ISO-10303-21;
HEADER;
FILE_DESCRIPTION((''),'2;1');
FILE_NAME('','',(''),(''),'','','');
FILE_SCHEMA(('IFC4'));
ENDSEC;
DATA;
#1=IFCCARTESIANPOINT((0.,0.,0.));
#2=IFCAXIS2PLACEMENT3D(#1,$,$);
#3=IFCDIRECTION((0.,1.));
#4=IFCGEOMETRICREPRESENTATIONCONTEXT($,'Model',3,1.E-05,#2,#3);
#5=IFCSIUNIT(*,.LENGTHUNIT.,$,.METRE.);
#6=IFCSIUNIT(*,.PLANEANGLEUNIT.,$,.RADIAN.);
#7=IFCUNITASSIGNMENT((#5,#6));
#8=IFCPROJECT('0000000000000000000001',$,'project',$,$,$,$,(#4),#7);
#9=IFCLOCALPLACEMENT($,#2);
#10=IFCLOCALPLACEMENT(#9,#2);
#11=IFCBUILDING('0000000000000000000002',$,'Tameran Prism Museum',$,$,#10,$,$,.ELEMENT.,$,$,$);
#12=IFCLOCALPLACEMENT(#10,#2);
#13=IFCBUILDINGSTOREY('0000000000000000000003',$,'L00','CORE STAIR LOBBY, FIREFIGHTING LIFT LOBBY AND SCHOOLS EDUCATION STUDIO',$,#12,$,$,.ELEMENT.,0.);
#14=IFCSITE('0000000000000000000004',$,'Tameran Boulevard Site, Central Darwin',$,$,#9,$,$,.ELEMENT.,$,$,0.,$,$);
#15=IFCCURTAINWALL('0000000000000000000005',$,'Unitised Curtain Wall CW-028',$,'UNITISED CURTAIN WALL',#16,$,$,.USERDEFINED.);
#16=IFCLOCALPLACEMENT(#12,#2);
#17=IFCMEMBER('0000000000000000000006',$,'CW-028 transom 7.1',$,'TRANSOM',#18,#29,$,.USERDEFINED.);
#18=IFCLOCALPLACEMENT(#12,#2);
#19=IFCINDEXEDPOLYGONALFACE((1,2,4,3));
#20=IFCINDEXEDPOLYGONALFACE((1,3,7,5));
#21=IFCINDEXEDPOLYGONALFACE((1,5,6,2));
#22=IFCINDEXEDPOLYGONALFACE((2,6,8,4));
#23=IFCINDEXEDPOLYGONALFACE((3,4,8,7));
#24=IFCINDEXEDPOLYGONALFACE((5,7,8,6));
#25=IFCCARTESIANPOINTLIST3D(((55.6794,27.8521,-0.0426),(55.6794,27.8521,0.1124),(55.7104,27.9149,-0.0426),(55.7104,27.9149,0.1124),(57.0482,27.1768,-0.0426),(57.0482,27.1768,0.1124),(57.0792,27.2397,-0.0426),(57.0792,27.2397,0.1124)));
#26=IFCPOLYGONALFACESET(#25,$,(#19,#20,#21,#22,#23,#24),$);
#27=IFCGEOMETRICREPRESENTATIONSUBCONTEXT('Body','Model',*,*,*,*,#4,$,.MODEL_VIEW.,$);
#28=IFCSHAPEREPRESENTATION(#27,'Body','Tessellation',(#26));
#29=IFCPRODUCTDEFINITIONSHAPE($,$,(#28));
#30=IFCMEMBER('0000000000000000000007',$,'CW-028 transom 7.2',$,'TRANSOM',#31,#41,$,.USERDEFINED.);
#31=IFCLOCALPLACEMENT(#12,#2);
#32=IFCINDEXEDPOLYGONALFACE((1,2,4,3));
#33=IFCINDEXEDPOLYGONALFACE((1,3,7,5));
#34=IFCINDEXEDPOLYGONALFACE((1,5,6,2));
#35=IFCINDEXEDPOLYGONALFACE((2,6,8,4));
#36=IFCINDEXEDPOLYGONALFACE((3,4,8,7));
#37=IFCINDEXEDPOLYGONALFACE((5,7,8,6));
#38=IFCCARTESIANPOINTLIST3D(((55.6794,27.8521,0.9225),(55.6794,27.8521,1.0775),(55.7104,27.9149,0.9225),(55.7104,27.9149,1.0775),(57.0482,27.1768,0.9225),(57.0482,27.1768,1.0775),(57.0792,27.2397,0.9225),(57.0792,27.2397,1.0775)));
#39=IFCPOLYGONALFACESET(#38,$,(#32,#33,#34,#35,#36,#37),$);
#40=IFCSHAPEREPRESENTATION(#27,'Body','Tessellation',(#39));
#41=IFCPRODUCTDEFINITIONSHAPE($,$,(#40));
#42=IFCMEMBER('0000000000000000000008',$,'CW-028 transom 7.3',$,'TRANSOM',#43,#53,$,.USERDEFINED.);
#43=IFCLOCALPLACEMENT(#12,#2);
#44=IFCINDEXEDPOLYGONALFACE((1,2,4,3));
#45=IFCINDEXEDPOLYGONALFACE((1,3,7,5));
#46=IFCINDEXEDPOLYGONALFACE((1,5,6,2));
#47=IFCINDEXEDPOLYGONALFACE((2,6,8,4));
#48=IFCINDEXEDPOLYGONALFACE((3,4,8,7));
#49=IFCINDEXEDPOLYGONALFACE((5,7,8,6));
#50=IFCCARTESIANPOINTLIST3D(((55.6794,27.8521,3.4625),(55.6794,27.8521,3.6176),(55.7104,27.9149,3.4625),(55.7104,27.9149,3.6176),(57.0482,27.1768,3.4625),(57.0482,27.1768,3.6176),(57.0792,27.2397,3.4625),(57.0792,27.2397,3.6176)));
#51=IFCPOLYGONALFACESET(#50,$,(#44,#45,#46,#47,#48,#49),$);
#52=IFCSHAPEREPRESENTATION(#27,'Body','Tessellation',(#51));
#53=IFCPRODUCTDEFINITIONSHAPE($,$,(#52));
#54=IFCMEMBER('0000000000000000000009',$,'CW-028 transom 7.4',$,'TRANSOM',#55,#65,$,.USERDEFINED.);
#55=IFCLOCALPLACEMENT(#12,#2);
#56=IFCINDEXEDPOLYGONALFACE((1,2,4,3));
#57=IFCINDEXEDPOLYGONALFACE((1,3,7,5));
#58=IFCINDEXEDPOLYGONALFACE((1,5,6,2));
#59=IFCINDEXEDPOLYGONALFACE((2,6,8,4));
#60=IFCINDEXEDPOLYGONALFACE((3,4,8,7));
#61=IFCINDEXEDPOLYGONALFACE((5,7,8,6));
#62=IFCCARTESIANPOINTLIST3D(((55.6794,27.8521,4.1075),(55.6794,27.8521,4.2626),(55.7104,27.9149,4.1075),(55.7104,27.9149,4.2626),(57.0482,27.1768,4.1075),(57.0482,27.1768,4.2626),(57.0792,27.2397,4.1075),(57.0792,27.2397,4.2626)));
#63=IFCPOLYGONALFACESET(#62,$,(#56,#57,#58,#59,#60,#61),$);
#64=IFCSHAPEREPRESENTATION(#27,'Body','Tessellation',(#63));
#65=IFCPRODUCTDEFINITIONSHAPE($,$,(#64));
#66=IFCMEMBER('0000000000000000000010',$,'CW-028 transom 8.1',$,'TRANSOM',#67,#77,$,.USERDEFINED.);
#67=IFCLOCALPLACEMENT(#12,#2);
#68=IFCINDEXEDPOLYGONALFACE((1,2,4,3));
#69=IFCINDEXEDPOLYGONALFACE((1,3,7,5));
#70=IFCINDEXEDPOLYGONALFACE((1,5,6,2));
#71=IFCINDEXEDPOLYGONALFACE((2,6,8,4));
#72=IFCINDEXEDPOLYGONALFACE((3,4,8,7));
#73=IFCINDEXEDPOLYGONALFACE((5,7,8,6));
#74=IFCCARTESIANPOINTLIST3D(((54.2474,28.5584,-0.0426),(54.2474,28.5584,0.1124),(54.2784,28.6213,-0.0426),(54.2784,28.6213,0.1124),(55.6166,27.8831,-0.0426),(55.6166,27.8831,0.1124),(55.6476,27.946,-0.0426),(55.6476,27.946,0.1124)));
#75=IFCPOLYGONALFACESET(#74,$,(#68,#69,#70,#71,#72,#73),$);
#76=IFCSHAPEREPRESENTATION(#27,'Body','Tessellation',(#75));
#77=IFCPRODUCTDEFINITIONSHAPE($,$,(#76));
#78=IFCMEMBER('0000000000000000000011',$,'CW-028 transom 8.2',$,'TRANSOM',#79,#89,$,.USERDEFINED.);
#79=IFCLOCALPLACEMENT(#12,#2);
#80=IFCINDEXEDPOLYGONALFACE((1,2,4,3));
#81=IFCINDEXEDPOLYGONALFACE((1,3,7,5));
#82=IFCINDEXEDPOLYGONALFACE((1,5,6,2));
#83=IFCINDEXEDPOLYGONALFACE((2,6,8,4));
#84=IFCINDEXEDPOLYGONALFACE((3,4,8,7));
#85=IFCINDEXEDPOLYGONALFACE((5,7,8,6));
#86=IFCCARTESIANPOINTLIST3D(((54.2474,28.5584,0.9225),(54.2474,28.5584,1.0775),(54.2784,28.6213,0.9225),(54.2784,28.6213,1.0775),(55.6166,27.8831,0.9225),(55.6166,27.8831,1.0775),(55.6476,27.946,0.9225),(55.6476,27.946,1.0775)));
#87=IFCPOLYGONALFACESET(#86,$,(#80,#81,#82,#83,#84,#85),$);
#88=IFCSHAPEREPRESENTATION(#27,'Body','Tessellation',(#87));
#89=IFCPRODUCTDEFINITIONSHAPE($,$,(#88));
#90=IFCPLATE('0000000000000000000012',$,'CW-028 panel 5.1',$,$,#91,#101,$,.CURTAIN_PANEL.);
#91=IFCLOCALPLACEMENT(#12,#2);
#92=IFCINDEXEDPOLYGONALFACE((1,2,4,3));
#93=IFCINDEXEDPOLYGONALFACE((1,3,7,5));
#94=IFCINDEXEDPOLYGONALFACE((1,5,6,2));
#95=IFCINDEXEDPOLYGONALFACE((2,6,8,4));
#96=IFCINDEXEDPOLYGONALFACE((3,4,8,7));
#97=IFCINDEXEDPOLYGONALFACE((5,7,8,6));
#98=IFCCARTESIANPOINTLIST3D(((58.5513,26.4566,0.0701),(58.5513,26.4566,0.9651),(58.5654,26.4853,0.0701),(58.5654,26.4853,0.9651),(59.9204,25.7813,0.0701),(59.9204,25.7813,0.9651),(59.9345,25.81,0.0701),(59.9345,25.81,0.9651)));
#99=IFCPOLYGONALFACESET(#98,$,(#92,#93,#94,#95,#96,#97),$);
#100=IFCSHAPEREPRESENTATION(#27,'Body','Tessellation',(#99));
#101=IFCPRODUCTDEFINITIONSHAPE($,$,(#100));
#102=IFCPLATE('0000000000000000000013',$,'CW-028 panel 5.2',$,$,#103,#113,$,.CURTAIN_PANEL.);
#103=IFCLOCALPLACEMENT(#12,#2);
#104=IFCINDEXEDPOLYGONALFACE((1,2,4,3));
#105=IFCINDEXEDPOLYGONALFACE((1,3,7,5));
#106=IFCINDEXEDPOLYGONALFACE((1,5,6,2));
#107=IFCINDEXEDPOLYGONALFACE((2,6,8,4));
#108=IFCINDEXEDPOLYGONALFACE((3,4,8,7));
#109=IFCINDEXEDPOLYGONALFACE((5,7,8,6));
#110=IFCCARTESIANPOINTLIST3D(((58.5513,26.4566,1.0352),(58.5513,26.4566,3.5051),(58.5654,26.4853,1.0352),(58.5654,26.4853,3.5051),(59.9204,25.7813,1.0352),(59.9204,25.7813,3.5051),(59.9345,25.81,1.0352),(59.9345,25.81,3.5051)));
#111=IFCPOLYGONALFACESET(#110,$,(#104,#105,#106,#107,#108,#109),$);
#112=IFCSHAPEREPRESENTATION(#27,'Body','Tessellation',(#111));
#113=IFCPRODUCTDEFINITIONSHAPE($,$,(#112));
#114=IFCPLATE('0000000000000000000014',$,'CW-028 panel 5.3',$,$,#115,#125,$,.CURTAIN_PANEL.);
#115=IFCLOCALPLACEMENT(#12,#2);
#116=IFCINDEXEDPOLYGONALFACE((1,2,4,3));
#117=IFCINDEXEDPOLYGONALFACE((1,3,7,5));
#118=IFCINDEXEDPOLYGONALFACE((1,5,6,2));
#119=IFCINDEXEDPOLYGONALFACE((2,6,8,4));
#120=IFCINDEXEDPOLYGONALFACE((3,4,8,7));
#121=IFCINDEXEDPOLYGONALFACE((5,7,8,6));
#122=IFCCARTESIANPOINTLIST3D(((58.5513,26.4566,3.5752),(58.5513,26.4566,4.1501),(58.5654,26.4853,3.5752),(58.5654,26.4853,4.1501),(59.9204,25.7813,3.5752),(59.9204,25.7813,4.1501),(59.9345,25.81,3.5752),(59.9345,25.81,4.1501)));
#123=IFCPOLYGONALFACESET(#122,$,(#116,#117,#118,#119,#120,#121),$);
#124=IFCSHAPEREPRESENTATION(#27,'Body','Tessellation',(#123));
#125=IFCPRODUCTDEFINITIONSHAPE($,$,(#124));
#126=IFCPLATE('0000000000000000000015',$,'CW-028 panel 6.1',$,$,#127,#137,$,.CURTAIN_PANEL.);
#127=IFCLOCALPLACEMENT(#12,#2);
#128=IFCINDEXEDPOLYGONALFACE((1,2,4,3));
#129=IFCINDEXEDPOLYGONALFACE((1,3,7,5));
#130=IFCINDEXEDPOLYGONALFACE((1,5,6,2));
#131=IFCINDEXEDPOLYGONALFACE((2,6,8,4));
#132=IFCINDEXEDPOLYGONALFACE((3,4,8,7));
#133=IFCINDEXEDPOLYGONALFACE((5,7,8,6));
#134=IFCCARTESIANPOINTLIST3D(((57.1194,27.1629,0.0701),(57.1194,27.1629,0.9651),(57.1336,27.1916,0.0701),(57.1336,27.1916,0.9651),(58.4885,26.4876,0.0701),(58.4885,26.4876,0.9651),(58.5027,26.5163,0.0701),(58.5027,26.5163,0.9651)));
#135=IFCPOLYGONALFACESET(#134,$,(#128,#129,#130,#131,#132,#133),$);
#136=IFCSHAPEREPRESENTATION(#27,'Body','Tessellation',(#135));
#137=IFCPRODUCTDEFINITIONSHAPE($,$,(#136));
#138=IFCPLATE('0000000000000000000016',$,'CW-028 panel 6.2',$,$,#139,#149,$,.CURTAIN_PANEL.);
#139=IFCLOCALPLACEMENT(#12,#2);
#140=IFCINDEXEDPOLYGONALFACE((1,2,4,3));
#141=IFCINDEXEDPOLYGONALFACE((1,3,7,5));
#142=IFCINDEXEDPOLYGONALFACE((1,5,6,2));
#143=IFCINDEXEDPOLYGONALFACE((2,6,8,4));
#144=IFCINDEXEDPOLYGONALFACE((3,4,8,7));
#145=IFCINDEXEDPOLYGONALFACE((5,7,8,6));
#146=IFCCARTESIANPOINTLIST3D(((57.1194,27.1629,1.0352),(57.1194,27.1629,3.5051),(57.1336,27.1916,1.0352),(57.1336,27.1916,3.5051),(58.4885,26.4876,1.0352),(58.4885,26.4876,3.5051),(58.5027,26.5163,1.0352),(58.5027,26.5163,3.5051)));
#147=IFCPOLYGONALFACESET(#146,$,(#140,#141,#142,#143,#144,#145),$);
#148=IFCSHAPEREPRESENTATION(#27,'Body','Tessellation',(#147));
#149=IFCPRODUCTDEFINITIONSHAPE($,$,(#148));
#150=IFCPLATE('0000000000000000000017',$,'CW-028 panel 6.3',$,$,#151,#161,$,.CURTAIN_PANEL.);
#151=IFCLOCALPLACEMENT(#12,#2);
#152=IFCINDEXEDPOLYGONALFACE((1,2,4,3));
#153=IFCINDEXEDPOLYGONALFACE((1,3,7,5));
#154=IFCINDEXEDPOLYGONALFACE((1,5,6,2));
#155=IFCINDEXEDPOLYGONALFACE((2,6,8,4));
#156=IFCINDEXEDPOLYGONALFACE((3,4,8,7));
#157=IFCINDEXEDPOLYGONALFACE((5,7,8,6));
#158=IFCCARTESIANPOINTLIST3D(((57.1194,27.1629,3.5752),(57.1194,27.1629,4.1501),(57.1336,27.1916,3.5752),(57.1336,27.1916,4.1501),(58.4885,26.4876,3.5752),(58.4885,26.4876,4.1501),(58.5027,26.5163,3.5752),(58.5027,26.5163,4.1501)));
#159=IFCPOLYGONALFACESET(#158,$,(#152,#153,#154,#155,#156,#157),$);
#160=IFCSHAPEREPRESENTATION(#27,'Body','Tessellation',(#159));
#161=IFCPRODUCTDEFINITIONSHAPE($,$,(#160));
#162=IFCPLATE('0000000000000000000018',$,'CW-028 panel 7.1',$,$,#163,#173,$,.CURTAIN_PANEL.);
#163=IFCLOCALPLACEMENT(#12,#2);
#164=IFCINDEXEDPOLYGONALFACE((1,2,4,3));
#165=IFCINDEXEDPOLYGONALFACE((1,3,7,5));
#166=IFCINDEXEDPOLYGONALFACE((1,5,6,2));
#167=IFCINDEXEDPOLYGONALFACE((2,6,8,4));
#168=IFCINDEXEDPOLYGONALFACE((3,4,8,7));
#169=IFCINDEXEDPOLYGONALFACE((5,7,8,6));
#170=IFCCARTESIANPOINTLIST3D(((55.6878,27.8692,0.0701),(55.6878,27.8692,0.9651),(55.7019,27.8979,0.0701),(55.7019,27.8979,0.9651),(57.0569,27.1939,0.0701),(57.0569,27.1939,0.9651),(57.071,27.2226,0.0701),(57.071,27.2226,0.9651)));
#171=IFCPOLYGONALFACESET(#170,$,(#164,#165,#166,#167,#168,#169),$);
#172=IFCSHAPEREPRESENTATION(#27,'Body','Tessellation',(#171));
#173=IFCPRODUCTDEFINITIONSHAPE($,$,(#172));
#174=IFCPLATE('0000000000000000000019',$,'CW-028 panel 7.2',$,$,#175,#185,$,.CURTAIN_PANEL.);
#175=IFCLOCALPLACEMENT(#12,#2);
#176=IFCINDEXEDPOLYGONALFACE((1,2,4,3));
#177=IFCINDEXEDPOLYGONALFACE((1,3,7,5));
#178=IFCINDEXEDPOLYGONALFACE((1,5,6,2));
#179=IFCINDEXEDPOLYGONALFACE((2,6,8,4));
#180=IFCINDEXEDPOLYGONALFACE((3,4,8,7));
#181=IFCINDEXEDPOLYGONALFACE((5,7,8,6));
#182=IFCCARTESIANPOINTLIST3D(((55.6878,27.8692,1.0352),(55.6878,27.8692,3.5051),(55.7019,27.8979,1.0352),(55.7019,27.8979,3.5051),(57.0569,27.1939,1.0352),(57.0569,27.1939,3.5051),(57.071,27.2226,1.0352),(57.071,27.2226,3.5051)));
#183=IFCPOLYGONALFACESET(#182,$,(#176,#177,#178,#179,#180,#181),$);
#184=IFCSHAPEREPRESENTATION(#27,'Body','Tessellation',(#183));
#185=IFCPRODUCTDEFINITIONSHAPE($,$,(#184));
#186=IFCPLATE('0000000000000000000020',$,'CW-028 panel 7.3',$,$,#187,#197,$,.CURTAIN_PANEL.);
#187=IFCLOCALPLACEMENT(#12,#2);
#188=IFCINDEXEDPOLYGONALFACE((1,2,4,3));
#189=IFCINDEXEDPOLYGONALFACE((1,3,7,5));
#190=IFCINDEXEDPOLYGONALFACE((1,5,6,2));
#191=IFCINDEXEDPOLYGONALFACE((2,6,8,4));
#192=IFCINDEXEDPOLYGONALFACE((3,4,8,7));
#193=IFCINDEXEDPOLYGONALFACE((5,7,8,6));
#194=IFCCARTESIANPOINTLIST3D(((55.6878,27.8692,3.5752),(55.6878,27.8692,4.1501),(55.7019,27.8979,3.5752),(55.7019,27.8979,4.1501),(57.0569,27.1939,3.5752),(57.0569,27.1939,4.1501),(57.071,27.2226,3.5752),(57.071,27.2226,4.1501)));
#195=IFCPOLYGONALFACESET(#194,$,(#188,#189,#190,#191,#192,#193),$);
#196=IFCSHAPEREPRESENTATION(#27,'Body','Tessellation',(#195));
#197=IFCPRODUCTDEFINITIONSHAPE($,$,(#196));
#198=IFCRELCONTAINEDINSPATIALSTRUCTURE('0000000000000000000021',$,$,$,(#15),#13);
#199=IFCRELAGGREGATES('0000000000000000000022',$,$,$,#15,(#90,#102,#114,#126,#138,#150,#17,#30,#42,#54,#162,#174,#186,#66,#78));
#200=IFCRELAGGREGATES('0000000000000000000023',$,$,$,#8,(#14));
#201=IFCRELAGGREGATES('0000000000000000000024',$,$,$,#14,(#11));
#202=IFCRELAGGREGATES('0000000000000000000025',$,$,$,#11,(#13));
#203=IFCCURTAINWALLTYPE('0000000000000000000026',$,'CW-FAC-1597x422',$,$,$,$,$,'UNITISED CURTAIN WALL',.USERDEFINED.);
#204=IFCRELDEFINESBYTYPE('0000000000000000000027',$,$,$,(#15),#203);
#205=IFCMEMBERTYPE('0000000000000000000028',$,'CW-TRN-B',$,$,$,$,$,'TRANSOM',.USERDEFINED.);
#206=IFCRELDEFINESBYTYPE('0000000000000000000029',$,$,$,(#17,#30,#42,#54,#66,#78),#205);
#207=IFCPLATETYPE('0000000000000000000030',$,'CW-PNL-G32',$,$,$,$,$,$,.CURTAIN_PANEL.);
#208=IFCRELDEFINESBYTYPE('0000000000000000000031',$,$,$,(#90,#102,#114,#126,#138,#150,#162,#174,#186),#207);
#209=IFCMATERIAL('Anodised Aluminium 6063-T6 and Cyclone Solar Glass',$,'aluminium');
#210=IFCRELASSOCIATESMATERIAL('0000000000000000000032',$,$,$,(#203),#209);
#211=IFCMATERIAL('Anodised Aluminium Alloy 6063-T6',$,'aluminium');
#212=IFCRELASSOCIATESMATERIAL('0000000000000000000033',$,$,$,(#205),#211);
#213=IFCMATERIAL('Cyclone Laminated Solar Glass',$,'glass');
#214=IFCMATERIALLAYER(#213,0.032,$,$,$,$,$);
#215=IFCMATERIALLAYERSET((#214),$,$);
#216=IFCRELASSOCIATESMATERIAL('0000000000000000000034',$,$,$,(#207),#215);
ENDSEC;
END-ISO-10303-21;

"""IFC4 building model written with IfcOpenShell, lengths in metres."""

from ifc_helpers import new_model, si_unit, direction, frame, origin, origin_2d, place, context, subcontext, project, spatial, rectangle, extrude, material, layer, layer_set, material_profile, profile_set, type_object, element, aggregate, save


model = new_model("IFC4")

# Units and contexts
model_context = context("Model", 3, precision=1e-05, world=origin(), true_north=direction((0.0, 1.0)))
body_context = subcontext(model_context, "Body", "Model", "MODEL_VIEW")
ifc_project = project(units=[si_unit("LENGTHUNIT", "METRE"), si_unit("PLANEANGLEUNIT", "RADIAN")], contexts=[model_context])

# Site, building, storey
site_placement = place(None, origin())
site = spatial("IfcSite", under=ifc_project, at=site_placement, Name="Tameran Boulevard Site, Central Darwin", CompositionType="ELEMENT", RefElevation=0.0)
building_placement = place(site_placement, origin())
building = spatial("IfcBuilding", under=site, at=building_placement, Name="Tameran Prism Museum", CompositionType="ELEMENT")
storey_placement = place(building_placement, origin())
storey = spatial("IfcBuildingStorey", under=building, at=storey_placement, Name="L00", Description="CORE STAIR LOBBY, FIREFIGHTING LIFT LOBBY AND SCHOOLS EDUCATION STUDIO", CompositionType="ELEMENT", Elevation=0.0)

# Curtain wall, members, plates
ifc_material_1 = material(Name="Anodised Aluminium 6063-T6 and Cyclone Solar Glass", Category="aluminium")
curtain_wall_type = type_object("IfcCurtainWallType", Name="CW-FAC-1597x422", ElementType="UNITISED CURTAIN WALL", PredefinedType="USERDEFINED", material=ifc_material_1)
curtain_wall_placement = place(storey_placement, origin())
curtain_wall = element("IfcCurtainWall", 1, at=curtain_wall_placement, inside=storey, type_object=curtain_wall_type, Name="Unitised Curtain Wall CW-028", ObjectType="UNITISED CURTAIN WALL", PredefinedType="USERDEFINED")
ifc_material_2 = material(Name="Anodised Aluminium Alloy 6063-T6", Category="aluminium")
ifc_material_profile_1 = material_profile(ifc_material_2, rectangle(XDim=0.0701, YDim=0.155, at=origin_2d()))
ifc_profile_set_1 = profile_set([ifc_material_profile_1])
member_type_1 = type_object("IfcMemberType", Name="CW-TRN-B", ElementType="TRANSOM", PredefinedType="USERDEFINED", material=ifc_profile_set_1)
member_1_placement = place(storey_placement, frame((57.0637, 27.2083, 0.0349), z_axis=(-0.896813, 0.442409, 0.0), x_axis=(-0.442409, -0.896813, 0.0)))
member_1 = element("IfcMember", 2, at=member_1_placement, type_object=member_type_1, Name="CW-028 transom 7.1", ObjectType="TRANSOM", PredefinedType="USERDEFINED", context=body_context, shape_type="SweptSolid", body=[
    extrude(rectangle(XDim=0.0701, YDim=0.155, at=origin_2d()), origin(), (0.0, 0.0, 1.0), 1.5264),
])
member_2_placement = place(storey_placement, frame((57.0637, 27.2083, 1.0), z_axis=(-0.896813, 0.442409, 0.0), x_axis=(-0.442409, -0.896813, 0.0)))
member_2 = element("IfcMember", 3, at=member_2_placement, type_object=member_type_1, Name="CW-028 transom 7.2", ObjectType="TRANSOM", PredefinedType="USERDEFINED", context=body_context, shape_type="SweptSolid", body=[
    extrude(rectangle(XDim=0.0701, YDim=0.155, at=origin_2d()), origin(), (0.0, 0.0, 1.0), 1.5264),
])
member_3_placement = place(storey_placement, frame((57.0637, 27.2083, 3.54), z_axis=(-0.896813, 0.442409, 0.0), x_axis=(-0.442409, -0.896813, 0.0)))
member_3 = element("IfcMember", 4, at=member_3_placement, type_object=member_type_1, Name="CW-028 transom 7.3", ObjectType="TRANSOM", PredefinedType="USERDEFINED", context=body_context, shape_type="SweptSolid", body=[
    extrude(rectangle(XDim=0.0701, YDim=0.155, at=origin_2d()), origin(), (0.0, 0.0, 1.0), 1.5264),
])
member_4_placement = place(storey_placement, frame((57.0637, 27.2083, 4.1851), z_axis=(-0.896813, 0.442409, 0.0), x_axis=(-0.442409, -0.896813, 0.0)))
member_4 = element("IfcMember", 5, at=member_4_placement, type_object=member_type_1, Name="CW-028 transom 7.4", ObjectType="TRANSOM", PredefinedType="USERDEFINED", context=body_context, shape_type="SweptSolid", body=[
    extrude(rectangle(XDim=0.0701, YDim=0.155, at=origin_2d()), origin(), (0.0, 0.0, 1.0), 1.5264),
])
member_5_placement = place(storey_placement, frame((55.6321, 27.9146, 0.0349), z_axis=(-0.896845, 0.442345, 0.0), x_axis=(-0.442345, -0.896845, 0.0)))
member_5 = element("IfcMember", 6, at=member_5_placement, type_object=member_type_1, Name="CW-028 transom 8.1", ObjectType="TRANSOM", PredefinedType="USERDEFINED", context=body_context, shape_type="SweptSolid", body=[
    extrude(rectangle(XDim=0.0701, YDim=0.155, at=origin_2d()), origin(), (0.0, 0.0, 1.0), 1.5266),
])
member_6_placement = place(storey_placement, frame((55.6321, 27.9146, 1.0), z_axis=(-0.896845, 0.442345, 0.0), x_axis=(-0.442345, -0.896845, 0.0)))
member_6 = element("IfcMember", 7, at=member_6_placement, type_object=member_type_1, Name="CW-028 transom 8.2", ObjectType="TRANSOM", PredefinedType="USERDEFINED", context=body_context, shape_type="SweptSolid", body=[
    extrude(rectangle(XDim=0.0701, YDim=0.155, at=origin_2d()), origin(), (0.0, 0.0, 1.0), 1.5266),
])
ifc_material_3 = material(Name="Cyclone Laminated Solar Glass", Category="glass")
ifc_layer = layer(ifc_material_3, 0.032)
ifc_layer_set = layer_set([ifc_layer])
plate_type = type_object("IfcPlateType", Name="CW-PNL-G32", PredefinedType="CURTAIN_PANEL", material=ifc_layer_set)
plate_1_placement = place(storey_placement, frame((59.2429, 26.1333, 0.0701), z_axis=(0.0, 0.0, 1.0), x_axis=(-0.896819, 0.442397, 0.0)))
plate_1 = element("IfcPlate", 8, at=plate_1_placement, type_object=plate_type, Name="CW-028 panel 5.1", PredefinedType="CURTAIN_PANEL", context=body_context, shape_type="SweptSolid", body=[
    extrude(rectangle(XDim=1.5266, YDim=0.032, at=origin_2d()), origin(), (0.0, 0.0, 1.0), 0.895),
])
plate_2_placement = place(storey_placement, frame((59.2429, 26.1333, 1.0352), z_axis=(0.0, 0.0, 1.0), x_axis=(-0.896819, 0.442397, 0.0)))
plate_2 = element("IfcPlate", 9, at=plate_2_placement, type_object=plate_type, Name="CW-028 panel 5.2", PredefinedType="CURTAIN_PANEL", context=body_context, shape_type="SweptSolid", body=[
    extrude(rectangle(XDim=1.5266, YDim=0.032, at=origin_2d()), origin(), (0.0, 0.0, 1.0), 2.47),
])
plate_3_placement = place(storey_placement, frame((59.2429, 26.1333, 3.5752), z_axis=(0.0, 0.0, 1.0), x_axis=(-0.896819, 0.442397, 0.0)))
plate_3 = element("IfcPlate", 10, at=plate_3_placement, type_object=plate_type, Name="CW-028 panel 5.3", PredefinedType="CURTAIN_PANEL", context=body_context, shape_type="SweptSolid", body=[
    extrude(rectangle(XDim=1.5266, YDim=0.032, at=origin_2d()), origin(), (0.0, 0.0, 1.0), 0.575),
])
plate_4_placement = place(storey_placement, frame((57.811, 26.8396, 0.0701), z_axis=(0.0, 0.0, 1.0), x_axis=(-0.896819, 0.442397, 0.0)))
plate_4 = element("IfcPlate", 11, at=plate_4_placement, type_object=plate_type, Name="CW-028 panel 6.1", PredefinedType="CURTAIN_PANEL", context=body_context, shape_type="SweptSolid", body=[
    extrude(rectangle(XDim=1.5266, YDim=0.032, at=origin_2d()), origin(), (0.0, 0.0, 1.0), 0.895),
])
plate_5_placement = place(storey_placement, frame((57.811, 26.8396, 1.0352), z_axis=(0.0, 0.0, 1.0), x_axis=(-0.896819, 0.442397, 0.0)))
plate_5 = element("IfcPlate", 12, at=plate_5_placement, type_object=plate_type, Name="CW-028 panel 6.2", PredefinedType="CURTAIN_PANEL", context=body_context, shape_type="SweptSolid", body=[
    extrude(rectangle(XDim=1.5266, YDim=0.032, at=origin_2d()), origin(), (0.0, 0.0, 1.0), 2.47),
])
plate_6_placement = place(storey_placement, frame((57.811, 26.8396, 3.5752), z_axis=(0.0, 0.0, 1.0), x_axis=(-0.896819, 0.442397, 0.0)))
plate_6 = element("IfcPlate", 13, at=plate_6_placement, type_object=plate_type, Name="CW-028 panel 6.3", PredefinedType="CURTAIN_PANEL", context=body_context, shape_type="SweptSolid", body=[
    extrude(rectangle(XDim=1.5266, YDim=0.032, at=origin_2d()), origin(), (0.0, 0.0, 1.0), 0.575),
])
plate_7_placement = place(storey_placement, frame((56.3794, 27.5459, 0.0701), z_axis=(0.0, 0.0, 1.0), x_axis=(-0.896819, 0.442397, 0.0)))
plate_7 = element("IfcPlate", 14, at=plate_7_placement, type_object=plate_type, Name="CW-028 panel 7.1", PredefinedType="CURTAIN_PANEL", context=body_context, shape_type="SweptSolid", body=[
    extrude(rectangle(XDim=1.5266, YDim=0.032, at=origin_2d()), origin(), (0.0, 0.0, 1.0), 0.895),
])
plate_8_placement = place(storey_placement, frame((56.3794, 27.5459, 1.0352), z_axis=(0.0, 0.0, 1.0), x_axis=(-0.896819, 0.442397, 0.0)))
plate_8 = element("IfcPlate", 15, at=plate_8_placement, type_object=plate_type, Name="CW-028 panel 7.2", PredefinedType="CURTAIN_PANEL", context=body_context, shape_type="SweptSolid", body=[
    extrude(rectangle(XDim=1.5266, YDim=0.032, at=origin_2d()), origin(), (0.0, 0.0, 1.0), 2.47),
])
plate_9_placement = place(storey_placement, frame((56.3794, 27.5459, 3.5752), z_axis=(0.0, 0.0, 1.0), x_axis=(-0.896819, 0.442397, 0.0)))
plate_9 = element("IfcPlate", 16, at=plate_9_placement, type_object=plate_type, Name="CW-028 panel 7.3", PredefinedType="CURTAIN_PANEL", context=body_context, shape_type="SweptSolid", body=[
    extrude(rectangle(XDim=1.5266, YDim=0.032, at=origin_2d()), origin(), (0.0, 0.0, 1.0), 0.575),
])
aggregate(curtain_wall, [plate_1, plate_2, plate_3, plate_4, plate_5, plate_6, member_1, member_2, member_3, member_4, plate_7, plate_8, plate_9, member_5, member_6])

save(model, "model.ifc")
